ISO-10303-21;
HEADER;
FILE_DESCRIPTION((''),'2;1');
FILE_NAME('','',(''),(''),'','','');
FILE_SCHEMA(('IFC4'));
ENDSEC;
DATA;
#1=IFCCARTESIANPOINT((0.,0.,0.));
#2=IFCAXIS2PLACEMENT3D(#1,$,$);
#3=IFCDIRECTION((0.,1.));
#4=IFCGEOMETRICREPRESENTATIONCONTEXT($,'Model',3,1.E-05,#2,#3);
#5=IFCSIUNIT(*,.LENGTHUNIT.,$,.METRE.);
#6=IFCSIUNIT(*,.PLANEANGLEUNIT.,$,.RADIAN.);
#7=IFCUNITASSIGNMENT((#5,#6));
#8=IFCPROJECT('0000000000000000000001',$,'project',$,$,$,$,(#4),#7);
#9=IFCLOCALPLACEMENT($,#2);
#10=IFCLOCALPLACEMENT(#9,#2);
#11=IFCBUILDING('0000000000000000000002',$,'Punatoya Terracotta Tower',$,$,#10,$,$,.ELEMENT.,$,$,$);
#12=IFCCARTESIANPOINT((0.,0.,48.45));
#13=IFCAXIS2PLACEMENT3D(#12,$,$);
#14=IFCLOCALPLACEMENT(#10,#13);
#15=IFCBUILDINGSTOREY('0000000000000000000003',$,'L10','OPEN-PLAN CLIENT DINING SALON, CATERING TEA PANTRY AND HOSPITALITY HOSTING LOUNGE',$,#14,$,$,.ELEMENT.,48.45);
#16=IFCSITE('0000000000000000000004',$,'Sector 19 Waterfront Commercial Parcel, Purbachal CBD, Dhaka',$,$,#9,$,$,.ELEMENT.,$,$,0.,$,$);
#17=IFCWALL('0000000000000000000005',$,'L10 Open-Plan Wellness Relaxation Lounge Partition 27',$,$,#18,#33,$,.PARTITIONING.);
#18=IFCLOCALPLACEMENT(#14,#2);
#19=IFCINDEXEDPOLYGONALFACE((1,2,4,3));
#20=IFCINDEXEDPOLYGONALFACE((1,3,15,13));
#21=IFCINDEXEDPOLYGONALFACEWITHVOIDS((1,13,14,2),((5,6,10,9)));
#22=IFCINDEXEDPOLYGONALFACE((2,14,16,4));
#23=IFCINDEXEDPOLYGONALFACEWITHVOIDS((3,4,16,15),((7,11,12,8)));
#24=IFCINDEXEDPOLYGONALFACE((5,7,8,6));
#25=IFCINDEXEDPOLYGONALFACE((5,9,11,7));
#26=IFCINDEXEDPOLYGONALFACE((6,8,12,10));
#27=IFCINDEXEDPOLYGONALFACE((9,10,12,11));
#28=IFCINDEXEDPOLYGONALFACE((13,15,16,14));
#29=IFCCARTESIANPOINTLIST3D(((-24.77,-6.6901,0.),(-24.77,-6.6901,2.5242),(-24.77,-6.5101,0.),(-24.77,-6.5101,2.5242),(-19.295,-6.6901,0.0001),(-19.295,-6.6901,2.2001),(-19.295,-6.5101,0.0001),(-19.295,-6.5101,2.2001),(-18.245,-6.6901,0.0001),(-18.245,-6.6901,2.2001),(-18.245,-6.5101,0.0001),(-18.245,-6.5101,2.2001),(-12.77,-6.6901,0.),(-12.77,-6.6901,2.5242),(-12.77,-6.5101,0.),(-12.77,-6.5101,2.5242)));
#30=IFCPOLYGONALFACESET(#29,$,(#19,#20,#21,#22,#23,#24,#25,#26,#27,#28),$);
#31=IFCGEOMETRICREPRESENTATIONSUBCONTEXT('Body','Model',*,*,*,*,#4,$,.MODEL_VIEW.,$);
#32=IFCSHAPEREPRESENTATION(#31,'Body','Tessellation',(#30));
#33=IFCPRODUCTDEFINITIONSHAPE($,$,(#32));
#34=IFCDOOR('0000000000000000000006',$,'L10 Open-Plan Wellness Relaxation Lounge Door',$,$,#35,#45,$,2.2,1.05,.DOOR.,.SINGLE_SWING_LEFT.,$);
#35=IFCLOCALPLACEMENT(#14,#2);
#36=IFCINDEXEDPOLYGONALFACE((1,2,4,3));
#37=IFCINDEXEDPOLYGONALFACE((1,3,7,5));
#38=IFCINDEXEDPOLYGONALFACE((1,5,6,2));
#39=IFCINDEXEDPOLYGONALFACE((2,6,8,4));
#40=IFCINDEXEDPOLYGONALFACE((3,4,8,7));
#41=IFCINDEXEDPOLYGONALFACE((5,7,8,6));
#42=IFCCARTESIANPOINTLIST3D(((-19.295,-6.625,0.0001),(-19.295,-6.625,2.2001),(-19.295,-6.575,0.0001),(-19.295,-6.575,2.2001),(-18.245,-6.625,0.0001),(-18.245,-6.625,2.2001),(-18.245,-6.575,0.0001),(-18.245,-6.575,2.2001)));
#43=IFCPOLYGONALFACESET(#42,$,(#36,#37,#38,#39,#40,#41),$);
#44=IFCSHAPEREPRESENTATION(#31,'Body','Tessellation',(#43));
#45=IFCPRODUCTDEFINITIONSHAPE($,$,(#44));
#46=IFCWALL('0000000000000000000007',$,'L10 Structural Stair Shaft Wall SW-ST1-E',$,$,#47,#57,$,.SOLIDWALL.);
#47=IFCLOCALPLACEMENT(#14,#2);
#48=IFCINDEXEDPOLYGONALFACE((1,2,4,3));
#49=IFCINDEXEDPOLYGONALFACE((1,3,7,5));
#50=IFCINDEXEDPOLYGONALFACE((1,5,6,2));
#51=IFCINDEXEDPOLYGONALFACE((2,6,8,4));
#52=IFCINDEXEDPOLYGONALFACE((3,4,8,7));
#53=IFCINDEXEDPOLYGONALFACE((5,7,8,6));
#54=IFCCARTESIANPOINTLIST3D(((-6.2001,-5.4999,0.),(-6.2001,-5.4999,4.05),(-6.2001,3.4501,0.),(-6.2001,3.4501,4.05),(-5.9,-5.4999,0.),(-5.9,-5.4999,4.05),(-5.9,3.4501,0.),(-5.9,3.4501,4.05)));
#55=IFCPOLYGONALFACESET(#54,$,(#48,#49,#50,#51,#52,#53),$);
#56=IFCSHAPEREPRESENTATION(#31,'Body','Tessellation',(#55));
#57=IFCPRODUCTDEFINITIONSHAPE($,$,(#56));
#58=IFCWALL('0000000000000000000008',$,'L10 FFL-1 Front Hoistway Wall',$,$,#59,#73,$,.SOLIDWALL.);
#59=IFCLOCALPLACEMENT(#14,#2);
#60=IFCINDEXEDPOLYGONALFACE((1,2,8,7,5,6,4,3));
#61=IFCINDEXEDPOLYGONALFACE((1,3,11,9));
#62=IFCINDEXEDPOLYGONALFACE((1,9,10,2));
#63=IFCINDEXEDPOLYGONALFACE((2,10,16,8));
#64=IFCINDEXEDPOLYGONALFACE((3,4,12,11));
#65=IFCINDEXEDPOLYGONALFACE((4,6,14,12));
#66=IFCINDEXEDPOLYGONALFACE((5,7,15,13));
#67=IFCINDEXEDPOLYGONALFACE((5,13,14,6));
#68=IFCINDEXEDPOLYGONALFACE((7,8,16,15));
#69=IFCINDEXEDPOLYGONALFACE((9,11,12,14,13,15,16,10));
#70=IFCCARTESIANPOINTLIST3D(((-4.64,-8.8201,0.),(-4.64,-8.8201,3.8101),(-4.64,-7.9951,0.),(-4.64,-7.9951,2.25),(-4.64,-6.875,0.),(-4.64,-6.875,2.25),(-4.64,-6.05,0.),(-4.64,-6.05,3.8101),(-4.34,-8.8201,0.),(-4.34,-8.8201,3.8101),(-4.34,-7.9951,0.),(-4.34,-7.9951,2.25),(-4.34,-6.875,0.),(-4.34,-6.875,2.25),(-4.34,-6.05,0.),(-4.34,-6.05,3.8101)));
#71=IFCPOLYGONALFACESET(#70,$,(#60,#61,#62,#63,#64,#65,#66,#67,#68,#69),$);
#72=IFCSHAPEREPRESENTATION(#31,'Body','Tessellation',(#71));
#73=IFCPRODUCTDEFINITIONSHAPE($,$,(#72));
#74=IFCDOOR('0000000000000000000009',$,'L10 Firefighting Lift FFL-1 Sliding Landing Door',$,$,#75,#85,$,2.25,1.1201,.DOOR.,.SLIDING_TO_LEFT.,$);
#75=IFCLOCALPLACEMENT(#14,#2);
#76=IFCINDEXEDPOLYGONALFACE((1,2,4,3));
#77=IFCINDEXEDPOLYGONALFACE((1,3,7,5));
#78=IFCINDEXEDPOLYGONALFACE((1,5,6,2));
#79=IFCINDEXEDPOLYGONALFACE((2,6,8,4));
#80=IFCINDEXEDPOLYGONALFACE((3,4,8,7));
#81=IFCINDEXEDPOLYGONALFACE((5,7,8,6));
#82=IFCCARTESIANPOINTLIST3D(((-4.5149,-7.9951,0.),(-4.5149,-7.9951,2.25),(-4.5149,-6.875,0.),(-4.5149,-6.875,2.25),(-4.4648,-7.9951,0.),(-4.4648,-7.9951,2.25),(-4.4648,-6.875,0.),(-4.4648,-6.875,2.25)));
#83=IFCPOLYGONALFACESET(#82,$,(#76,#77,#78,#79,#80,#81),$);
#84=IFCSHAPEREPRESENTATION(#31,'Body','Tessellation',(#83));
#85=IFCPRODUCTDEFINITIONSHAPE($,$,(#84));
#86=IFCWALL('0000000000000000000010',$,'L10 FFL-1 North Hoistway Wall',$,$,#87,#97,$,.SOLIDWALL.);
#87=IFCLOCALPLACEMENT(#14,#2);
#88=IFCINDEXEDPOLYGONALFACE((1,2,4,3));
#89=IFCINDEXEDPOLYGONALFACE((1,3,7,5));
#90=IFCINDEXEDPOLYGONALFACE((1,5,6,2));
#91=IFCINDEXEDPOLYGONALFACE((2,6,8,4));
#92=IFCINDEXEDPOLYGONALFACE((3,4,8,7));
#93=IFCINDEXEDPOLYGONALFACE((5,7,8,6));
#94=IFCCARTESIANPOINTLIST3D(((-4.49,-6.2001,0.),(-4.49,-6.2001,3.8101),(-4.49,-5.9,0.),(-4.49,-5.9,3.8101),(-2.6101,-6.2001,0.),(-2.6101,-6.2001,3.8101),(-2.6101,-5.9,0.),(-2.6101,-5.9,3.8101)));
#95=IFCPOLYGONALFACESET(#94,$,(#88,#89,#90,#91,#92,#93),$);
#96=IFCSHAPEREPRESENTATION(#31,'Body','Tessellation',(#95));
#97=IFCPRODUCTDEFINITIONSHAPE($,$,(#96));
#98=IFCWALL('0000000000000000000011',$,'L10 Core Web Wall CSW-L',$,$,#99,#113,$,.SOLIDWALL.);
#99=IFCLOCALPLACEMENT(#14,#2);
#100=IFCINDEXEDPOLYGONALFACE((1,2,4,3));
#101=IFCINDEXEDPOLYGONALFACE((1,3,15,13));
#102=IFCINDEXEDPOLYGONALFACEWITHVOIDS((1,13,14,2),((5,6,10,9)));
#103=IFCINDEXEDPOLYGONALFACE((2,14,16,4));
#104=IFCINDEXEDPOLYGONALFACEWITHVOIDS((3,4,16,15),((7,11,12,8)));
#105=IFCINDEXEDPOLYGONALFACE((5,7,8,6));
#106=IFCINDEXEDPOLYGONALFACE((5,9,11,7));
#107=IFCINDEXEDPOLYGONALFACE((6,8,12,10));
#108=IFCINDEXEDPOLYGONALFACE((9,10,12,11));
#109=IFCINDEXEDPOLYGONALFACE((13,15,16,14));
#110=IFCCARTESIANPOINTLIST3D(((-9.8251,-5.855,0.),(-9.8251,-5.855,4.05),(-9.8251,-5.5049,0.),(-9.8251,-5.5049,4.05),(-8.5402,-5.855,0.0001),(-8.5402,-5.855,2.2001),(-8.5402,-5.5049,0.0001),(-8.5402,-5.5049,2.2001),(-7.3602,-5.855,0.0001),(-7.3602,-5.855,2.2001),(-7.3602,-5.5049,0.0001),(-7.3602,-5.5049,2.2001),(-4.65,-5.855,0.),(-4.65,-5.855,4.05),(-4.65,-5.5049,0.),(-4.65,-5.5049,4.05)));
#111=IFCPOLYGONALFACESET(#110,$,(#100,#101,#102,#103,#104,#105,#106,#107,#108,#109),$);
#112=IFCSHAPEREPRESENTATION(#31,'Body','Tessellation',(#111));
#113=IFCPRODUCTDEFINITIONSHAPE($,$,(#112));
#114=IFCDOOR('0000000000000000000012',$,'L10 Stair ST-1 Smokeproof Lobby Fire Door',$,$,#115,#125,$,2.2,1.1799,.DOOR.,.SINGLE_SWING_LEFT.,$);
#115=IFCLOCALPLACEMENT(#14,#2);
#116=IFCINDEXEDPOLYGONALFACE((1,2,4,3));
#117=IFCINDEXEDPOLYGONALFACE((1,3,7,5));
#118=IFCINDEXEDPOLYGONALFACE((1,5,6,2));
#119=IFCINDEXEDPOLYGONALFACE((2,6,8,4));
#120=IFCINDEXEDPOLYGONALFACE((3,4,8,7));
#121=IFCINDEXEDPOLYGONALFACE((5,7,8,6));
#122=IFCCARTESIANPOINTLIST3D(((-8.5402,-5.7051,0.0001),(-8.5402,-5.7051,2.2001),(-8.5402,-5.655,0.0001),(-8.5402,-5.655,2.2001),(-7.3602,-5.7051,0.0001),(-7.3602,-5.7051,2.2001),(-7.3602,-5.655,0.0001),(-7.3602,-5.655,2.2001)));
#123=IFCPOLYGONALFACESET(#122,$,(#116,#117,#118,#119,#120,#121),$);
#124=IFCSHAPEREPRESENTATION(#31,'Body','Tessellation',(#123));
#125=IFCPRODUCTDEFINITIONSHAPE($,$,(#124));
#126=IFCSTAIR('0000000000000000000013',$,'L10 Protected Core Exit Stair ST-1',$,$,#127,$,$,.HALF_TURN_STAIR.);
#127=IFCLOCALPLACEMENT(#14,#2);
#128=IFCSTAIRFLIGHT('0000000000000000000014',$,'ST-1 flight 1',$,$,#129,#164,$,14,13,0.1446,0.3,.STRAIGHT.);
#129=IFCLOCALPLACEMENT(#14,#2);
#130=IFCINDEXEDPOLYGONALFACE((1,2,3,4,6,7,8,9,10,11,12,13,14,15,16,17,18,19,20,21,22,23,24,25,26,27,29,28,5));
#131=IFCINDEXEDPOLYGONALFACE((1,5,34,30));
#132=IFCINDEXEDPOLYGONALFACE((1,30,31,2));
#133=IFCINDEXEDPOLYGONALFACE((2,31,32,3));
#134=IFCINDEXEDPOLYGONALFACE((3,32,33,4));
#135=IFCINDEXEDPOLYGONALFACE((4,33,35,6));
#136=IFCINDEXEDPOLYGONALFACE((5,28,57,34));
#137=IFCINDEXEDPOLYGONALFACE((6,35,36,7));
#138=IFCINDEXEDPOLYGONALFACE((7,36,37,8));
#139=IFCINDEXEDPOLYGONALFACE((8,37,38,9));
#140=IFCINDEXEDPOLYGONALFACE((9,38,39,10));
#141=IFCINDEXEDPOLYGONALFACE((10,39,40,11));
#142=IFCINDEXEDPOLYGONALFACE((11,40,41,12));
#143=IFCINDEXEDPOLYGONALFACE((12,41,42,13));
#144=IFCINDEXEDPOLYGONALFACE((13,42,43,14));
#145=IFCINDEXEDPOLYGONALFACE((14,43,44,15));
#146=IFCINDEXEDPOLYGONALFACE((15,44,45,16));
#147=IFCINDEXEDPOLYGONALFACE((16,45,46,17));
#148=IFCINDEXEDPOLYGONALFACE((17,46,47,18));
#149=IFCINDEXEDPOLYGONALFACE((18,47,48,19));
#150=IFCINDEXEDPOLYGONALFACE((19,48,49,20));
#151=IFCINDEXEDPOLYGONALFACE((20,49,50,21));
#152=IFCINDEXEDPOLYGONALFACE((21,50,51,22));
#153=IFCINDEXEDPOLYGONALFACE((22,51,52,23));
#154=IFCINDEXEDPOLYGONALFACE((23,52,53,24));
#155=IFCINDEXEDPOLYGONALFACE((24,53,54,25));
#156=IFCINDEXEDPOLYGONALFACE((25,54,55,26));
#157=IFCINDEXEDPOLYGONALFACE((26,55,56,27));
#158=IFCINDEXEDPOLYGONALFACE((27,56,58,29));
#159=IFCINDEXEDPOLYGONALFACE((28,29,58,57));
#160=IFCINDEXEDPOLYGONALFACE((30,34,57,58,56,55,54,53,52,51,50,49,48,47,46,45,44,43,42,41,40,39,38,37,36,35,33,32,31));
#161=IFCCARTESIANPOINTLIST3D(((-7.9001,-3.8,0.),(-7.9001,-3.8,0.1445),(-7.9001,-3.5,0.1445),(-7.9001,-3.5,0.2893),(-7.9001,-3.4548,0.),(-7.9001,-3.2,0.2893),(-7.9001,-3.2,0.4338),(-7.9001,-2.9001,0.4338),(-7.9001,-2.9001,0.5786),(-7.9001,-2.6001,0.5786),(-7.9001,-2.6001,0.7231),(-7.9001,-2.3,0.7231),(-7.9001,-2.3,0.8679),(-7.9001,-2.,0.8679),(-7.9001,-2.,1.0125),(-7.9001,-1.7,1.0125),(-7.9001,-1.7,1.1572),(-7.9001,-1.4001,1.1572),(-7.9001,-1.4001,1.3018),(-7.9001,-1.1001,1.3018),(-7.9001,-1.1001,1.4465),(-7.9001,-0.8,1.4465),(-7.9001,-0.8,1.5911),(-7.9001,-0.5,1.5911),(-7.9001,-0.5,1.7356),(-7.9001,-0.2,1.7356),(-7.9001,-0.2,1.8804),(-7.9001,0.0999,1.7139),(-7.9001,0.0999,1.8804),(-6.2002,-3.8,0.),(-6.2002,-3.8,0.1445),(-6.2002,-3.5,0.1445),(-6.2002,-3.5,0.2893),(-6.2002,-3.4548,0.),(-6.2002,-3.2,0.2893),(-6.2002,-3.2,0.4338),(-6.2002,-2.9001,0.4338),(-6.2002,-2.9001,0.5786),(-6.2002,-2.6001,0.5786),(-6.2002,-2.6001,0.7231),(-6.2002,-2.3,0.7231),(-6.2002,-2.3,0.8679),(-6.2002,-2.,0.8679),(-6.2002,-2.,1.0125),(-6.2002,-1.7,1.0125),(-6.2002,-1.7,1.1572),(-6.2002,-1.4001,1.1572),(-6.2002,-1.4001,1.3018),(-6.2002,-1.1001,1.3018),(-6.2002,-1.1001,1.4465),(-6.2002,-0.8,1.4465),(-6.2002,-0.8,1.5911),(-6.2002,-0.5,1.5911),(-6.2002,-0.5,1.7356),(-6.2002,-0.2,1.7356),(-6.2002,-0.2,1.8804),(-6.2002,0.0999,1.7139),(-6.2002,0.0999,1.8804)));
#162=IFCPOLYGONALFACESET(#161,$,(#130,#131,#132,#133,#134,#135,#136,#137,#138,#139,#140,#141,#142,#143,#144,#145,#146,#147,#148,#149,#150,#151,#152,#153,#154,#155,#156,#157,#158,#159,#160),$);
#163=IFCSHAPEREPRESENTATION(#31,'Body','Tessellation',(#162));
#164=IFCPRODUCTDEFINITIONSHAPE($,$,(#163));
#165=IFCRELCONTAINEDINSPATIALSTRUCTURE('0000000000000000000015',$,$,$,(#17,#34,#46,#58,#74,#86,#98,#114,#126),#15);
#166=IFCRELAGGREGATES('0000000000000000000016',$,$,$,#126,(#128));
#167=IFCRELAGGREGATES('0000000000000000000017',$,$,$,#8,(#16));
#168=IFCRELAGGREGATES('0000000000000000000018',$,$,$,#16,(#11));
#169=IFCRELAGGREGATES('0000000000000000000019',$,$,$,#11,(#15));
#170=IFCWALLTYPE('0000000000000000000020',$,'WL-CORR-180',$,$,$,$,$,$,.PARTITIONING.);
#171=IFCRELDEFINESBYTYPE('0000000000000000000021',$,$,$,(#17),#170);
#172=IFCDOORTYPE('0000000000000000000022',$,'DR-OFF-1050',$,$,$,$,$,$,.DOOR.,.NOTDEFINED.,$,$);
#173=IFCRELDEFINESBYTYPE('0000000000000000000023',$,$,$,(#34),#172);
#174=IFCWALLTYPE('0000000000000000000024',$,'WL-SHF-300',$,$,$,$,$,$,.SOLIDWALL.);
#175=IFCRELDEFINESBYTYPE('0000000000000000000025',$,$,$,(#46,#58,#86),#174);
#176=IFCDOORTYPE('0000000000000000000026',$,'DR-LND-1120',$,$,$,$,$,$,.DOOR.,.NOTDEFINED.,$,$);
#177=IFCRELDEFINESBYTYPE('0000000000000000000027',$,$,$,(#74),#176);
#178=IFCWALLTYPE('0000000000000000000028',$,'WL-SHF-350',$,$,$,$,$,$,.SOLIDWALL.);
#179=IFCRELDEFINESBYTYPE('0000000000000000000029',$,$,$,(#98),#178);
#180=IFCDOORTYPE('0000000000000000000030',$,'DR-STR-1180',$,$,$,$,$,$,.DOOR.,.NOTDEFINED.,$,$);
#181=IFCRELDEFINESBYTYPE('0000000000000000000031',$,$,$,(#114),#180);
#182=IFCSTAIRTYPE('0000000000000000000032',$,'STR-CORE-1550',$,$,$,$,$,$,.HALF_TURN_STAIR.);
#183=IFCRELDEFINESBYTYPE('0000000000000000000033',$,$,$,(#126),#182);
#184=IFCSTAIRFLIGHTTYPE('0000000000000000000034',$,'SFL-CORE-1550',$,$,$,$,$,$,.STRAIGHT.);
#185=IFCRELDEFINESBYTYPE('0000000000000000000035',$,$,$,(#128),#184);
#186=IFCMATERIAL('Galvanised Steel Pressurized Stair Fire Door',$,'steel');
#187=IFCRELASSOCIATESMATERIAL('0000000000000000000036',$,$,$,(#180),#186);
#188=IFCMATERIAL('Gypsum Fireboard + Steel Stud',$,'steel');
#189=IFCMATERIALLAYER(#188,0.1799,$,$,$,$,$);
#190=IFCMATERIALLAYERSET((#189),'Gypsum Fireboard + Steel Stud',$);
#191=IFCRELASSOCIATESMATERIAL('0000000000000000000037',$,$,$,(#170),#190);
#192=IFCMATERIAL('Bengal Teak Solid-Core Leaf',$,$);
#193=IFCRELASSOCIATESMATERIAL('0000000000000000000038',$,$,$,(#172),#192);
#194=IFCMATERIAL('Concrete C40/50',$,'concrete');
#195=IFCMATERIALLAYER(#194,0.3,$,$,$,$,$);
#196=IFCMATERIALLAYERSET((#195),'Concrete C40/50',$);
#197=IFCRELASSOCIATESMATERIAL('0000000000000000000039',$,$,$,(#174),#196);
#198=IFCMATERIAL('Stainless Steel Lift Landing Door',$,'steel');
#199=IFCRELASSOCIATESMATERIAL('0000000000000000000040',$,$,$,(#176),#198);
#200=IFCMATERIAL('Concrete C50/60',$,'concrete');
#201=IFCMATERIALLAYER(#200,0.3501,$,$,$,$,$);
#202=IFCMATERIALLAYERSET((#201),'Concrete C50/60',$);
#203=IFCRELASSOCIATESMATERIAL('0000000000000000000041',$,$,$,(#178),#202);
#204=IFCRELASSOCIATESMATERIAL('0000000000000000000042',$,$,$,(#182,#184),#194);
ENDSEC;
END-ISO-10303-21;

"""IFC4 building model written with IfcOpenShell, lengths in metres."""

from ifc_helpers import new_model, si_unit, direction, frame, frame_2d, origin, place, context, subcontext, project, spatial, polyline, rectangle, outline, extrude, material, layer, layer_set, type_object, element, fill, aggregate, save


model = new_model("IFC4")

# Units and contexts
model_context = context("Model", 3, precision=1e-05, world=origin(), true_north=direction((0.0, 1.0)))
body_context = subcontext(model_context, "Body", "Model", "MODEL_VIEW")
ifc_project = project(units=[si_unit("LENGTHUNIT", "METRE"), si_unit("PLANEANGLEUNIT", "RADIAN")], contexts=[model_context])

# Site, building, storey
site_placement = place(None, origin())
site = spatial("IfcSite", under=ifc_project, at=site_placement, Name="Sector 19 Waterfront Commercial Parcel, Purbachal CBD, Dhaka", CompositionType="ELEMENT", RefElevation=0.0)
building_placement = place(site_placement, origin())
building = spatial("IfcBuilding", under=site, at=building_placement, Name="Punatoya Terracotta Tower", CompositionType="ELEMENT")
storey_placement = place(building_placement, frame((0.0, 0.0, 48.45)))
storey = spatial("IfcBuildingStorey", under=building, at=storey_placement, Name="L10", Description="OPEN-PLAN CLIENT DINING SALON, CATERING TEA PANTRY AND HOSPITALITY HOSTING LOUNGE", CompositionType="ELEMENT", Elevation=48.45)

# Shared definitions
ifc_material_1 = material(Name="Concrete C40/50", Category="concrete")
ifc_material_2 = material(Name="Galvanised Steel Pressurized Stair Fire Door", Category="steel")
door_type_1 = type_object("IfcDoorType", Name="DR-STR-1180", OperationType="NOTDEFINED", PredefinedType="DOOR", material=ifc_material_2)

# Shared definitions
ifc_material_3 = material(Name="Gypsum Fireboard + Steel Stud", Category="steel")
ifc_layer_1 = layer(ifc_material_3, 0.1799)
ifc_layer_set_1 = layer_set([ifc_layer_1], Name="Gypsum Fireboard + Steel Stud")
wall_type_1 = type_object("IfcWallType", Name="WL-CORR-180", PredefinedType="PARTITIONING", material=ifc_layer_set_1)

# Wall, opening, door
ifc_material_4 = material(Name="Bengal Teak Solid-Core Leaf")
door_type_2 = type_object("IfcDoorType", Name="DR-OFF-1050", OperationType="NOTDEFINED", PredefinedType="DOOR", material=ifc_material_4)
wall_1_placement = place(storey_placement, frame((-12.77, -6.6001, 0.0), z_axis=(0.0, 0.0, 1.0), x_axis=(-1.0, 0.0, 0.0)))
wall_1 = element("IfcWall", 1, at=wall_1_placement, inside=storey, type_object=wall_type_1, Name="L10 Open-Plan Wellness Relaxation Lounge Partition 27", PredefinedType="PARTITIONING", context=body_context, shape_type="SweptSolid", body=[
    extrude(rectangle(XDim=12.0, YDim=0.1799, at=frame_2d((6.0, 0.0))), origin(), (0.0, 0.0, 1.0), 2.5242),
])
opening_1_placement = place(wall_1_placement, frame((5.4751, 0.0, 0.0)))
opening_1 = element("IfcOpeningElement", 2, at=opening_1_placement, cuts=wall_1, PredefinedType="OPENING", context=body_context, shape_type="SweptSolid", body=[
    extrude(rectangle(XDim=1.05, YDim=2.2, at=frame_2d((0.5249, 1.1001))), frame((0.0, 0.0999, 0.0), z_axis=(0.0, -1.0, 0.0), x_axis=(1.0, 0.0, 0.0)), (0.0, 0.0, 1.0), 0.2),
])
door_1_placement = place(opening_1_placement, origin())
door_1 = element("IfcDoor", 3, at=door_1_placement, inside=storey, type_object=door_type_2, Name="L10 Open-Plan Wellness Relaxation Lounge Door", OperationType="SINGLE_SWING_LEFT", OverallHeight=2.2, OverallWidth=1.05, PredefinedType="DOOR", context=body_context, shape_type="SweptSolid", body=[
    extrude(rectangle(XDim=1.05, YDim=2.2, at=frame_2d((0.5249, 1.1001))), frame((0.0, 0.0249, 0.0), z_axis=(0.0, -1.0, 0.0), x_axis=(1.0, 0.0, 0.0)), (0.0, 0.0, 1.0), 0.05),
])
fill(opening_1, door_1)

# Wall
ifc_layer_2 = layer(ifc_material_1, 0.3)
ifc_layer_set_2 = layer_set([ifc_layer_2], Name="Concrete C40/50")
wall_type_2 = type_object("IfcWallType", Name="WL-SHF-300", PredefinedType="SOLIDWALL", material=ifc_layer_set_2)
wall_2_placement = place(storey_placement, frame((-6.05, -5.5, 0.0), z_axis=(0.0, 0.0, 1.0), x_axis=(0.0, 1.0, 0.0)))
element("IfcWall", 4, at=wall_2_placement, inside=storey, type_object=wall_type_2, Name="L10 Structural Stair Shaft Wall SW-ST1-E", PredefinedType="SOLIDWALL", context=body_context, shape_type="SweptSolid", body=[
    extrude(rectangle(XDim=8.95, YDim=0.3, at=frame_2d((4.4751, 0.0))), origin(), (0.0, 0.0, 1.0), 4.05),
])

# Wall, opening, door
wall_3_placement = place(storey_placement, frame((-4.49, -8.8201, 0.0), z_axis=(0.0, 0.0, 1.0), x_axis=(0.0, 1.0, 0.0)))
wall_3 = element("IfcWall", 5, at=wall_3_placement, inside=storey, type_object=wall_type_2, Name="L10 FFL-1 Front Hoistway Wall", PredefinedType="SOLIDWALL", context=body_context, shape_type="SweptSolid", body=[
    extrude(rectangle(XDim=2.77, YDim=0.3, at=frame_2d((1.385, 0.0))), origin(), (0.0, 0.0, 1.0), 3.8101),
])
opening_2_placement = place(wall_3_placement, frame((0.825, 0.0, 0.0)))
opening_2 = element("IfcOpeningElement", 6, at=opening_2_placement, cuts=wall_3, PredefinedType="OPENING", context=body_context, shape_type="SweptSolid", body=[
    extrude(rectangle(XDim=1.1201, YDim=2.25, at=frame_2d((0.5601, 1.125))), frame((0.0, 0.1599, 0.0), z_axis=(0.0, -1.0, 0.0), x_axis=(1.0, 0.0, 0.0)), (0.0, 0.0, 1.0), 0.3201),
])
ifc_material_5 = material(Name="Stainless Steel Lift Landing Door", Category="steel")
door_type_3 = type_object("IfcDoorType", Name="DR-LND-1120", OperationType="NOTDEFINED", PredefinedType="DOOR", material=ifc_material_5)
door_2_placement = place(opening_2_placement, origin())
door_2 = element("IfcDoor", 7, at=door_2_placement, inside=storey, type_object=door_type_3, Name="L10 Firefighting Lift FFL-1 Sliding Landing Door", OperationType="SLIDING_TO_LEFT", OverallHeight=2.25, OverallWidth=1.1201, PredefinedType="DOOR", context=body_context, shape_type="SweptSolid", body=[
    extrude(rectangle(XDim=1.1201, YDim=2.25, at=frame_2d((0.5601, 1.125))), frame((0.0, 0.0249, 0.0), z_axis=(0.0, -1.0, 0.0), x_axis=(1.0, 0.0, 0.0)), (0.0, 0.0, 1.0), 0.05),
])
fill(opening_2, door_2)

# Wall
wall_4_placement = place(storey_placement, frame((-4.49, -6.05, 0.0), z_axis=(0.0, 0.0, 1.0), x_axis=(1.0, 0.0, 0.0)))
element("IfcWall", 8, at=wall_4_placement, inside=storey, type_object=wall_type_2, Name="L10 FFL-1 North Hoistway Wall", PredefinedType="SOLIDWALL", context=body_context, shape_type="SweptSolid", body=[
    extrude(rectangle(XDim=1.8799, YDim=0.3, at=frame_2d((0.9399, 0.0))), origin(), (0.0, 0.0, 1.0), 3.8101),
])

# Wall, opening, door
ifc_material_6 = material(Name="Concrete C50/60", Category="concrete")
ifc_layer_3 = layer(ifc_material_6, 0.3501)
ifc_layer_set_3 = layer_set([ifc_layer_3], Name="Concrete C50/60")
wall_type_3 = type_object("IfcWallType", Name="WL-SHF-350", PredefinedType="SOLIDWALL", material=ifc_layer_set_3)
wall_5_placement = place(storey_placement, frame((-9.825, -5.6799, 0.0), z_axis=(0.0, 0.0, 1.0), x_axis=(1.0, 0.0, 0.0)))
wall_5 = element("IfcWall", 9, at=wall_5_placement, inside=storey, type_object=wall_type_3, Name="L10 Core Web Wall CSW-L", PredefinedType="SOLIDWALL", context=body_context, shape_type="SweptSolid", body=[
    extrude(rectangle(XDim=5.175, YDim=0.3501, at=frame_2d((2.5874, 0.0))), origin(), (0.0, 0.0, 1.0), 4.05),
])
opening_3_placement = place(wall_5_placement, frame((1.2849, 0.0, 0.0)))
opening_3 = element("IfcOpeningElement", 10, at=opening_3_placement, cuts=wall_5, PredefinedType="OPENING", context=body_context, shape_type="SweptSolid", body=[
    extrude(rectangle(XDim=1.1799, YDim=2.2, at=frame_2d((0.5898, 1.1001))), frame((0.0, 0.1851, 0.0), z_axis=(0.0, -1.0, 0.0), x_axis=(1.0, 0.0, 0.0)), (0.0, 0.0, 1.0), 0.3701),
])
door_3_placement = place(opening_3_placement, origin())
door_3 = element("IfcDoor", 11, at=door_3_placement, inside=storey, type_object=door_type_1, Name="L10 Stair ST-1 Smokeproof Lobby Fire Door", OperationType="SINGLE_SWING_LEFT", OverallHeight=2.2, OverallWidth=1.1799, PredefinedType="DOOR", context=body_context, shape_type="SweptSolid", body=[
    extrude(rectangle(XDim=1.1799, YDim=2.2, at=frame_2d((0.5898, 1.1001))), frame((0.0, 0.0249, 0.0), z_axis=(0.0, -1.0, 0.0), x_axis=(1.0, 0.0, 0.0)), (0.0, 0.0, 1.0), 0.05),
])
fill(opening_3, door_3)

# Stair, stair flight
stair_type = type_object("IfcStairType", Name="STR-CORE-1550", PredefinedType="HALF_TURN_STAIR", material=ifc_material_1)
stair_placement = place(storey_placement, origin())
stair = element("IfcStair", 12, at=stair_placement, inside=storey, type_object=stair_type, Name="L10 Protected Core Exit Stair ST-1", PredefinedType="HALF_TURN_STAIR")
stair_flight_type = type_object("IfcStairFlightType", Name="SFL-CORE-1550", PredefinedType="STRAIGHT", material=ifc_material_1)
stair_flight_placement = place(storey_placement, frame((-7.05, -3.8, 0.0), z_axis=(0.0, 0.0, 1.0), x_axis=(0.0, 1.0, 0.0)))
stair_flight = element("IfcStairFlight", 13, at=stair_flight_placement, type_object=stair_flight_type, Name="ST-1 flight 1", NumberOfRisers=14, NumberOfTreads=13, PredefinedType="STRAIGHT", RiserHeight=0.1446, TreadLength=0.3, context=body_context, shape_type="SweptSolid", body=[
    extrude(outline(polyline([(0.0, 0.0), (0.0, 0.1445), (0.3, 0.1445), (0.3, 0.2893), (0.6001, 0.2893), (0.6001, 0.4338), (0.8999, 0.4338), (0.8999, 0.5786), (1.2, 0.5786), (1.2, 0.7231), (1.5, 0.7231), (1.5, 0.8679), (1.8, 0.8679), (1.8, 1.0125), (2.1001, 1.0125), (2.1001, 1.1572), (2.3999, 1.1572), (2.3999, 1.3018), (2.7, 1.3018), (2.7, 1.4465), (3.0, 1.4465), (3.0, 1.5911), (3.3, 1.5911), (3.3, 1.7356), (3.6001, 1.7356), (3.6001, 1.8804), (3.8999, 1.8804), (3.8999, 2.0249), (3.8999, 1.7139), (0.3452, 0.0), (0.0, 0.0)])), frame((0.0, 0.8501, 0.0), z_axis=(0.0, -1.0, 0.0), x_axis=(1.0, 0.0, 0.0)), (0.0, 0.0, 1.0), 1.7),
])
aggregate(stair, [stair_flight])

save(model, "model.ifc")
